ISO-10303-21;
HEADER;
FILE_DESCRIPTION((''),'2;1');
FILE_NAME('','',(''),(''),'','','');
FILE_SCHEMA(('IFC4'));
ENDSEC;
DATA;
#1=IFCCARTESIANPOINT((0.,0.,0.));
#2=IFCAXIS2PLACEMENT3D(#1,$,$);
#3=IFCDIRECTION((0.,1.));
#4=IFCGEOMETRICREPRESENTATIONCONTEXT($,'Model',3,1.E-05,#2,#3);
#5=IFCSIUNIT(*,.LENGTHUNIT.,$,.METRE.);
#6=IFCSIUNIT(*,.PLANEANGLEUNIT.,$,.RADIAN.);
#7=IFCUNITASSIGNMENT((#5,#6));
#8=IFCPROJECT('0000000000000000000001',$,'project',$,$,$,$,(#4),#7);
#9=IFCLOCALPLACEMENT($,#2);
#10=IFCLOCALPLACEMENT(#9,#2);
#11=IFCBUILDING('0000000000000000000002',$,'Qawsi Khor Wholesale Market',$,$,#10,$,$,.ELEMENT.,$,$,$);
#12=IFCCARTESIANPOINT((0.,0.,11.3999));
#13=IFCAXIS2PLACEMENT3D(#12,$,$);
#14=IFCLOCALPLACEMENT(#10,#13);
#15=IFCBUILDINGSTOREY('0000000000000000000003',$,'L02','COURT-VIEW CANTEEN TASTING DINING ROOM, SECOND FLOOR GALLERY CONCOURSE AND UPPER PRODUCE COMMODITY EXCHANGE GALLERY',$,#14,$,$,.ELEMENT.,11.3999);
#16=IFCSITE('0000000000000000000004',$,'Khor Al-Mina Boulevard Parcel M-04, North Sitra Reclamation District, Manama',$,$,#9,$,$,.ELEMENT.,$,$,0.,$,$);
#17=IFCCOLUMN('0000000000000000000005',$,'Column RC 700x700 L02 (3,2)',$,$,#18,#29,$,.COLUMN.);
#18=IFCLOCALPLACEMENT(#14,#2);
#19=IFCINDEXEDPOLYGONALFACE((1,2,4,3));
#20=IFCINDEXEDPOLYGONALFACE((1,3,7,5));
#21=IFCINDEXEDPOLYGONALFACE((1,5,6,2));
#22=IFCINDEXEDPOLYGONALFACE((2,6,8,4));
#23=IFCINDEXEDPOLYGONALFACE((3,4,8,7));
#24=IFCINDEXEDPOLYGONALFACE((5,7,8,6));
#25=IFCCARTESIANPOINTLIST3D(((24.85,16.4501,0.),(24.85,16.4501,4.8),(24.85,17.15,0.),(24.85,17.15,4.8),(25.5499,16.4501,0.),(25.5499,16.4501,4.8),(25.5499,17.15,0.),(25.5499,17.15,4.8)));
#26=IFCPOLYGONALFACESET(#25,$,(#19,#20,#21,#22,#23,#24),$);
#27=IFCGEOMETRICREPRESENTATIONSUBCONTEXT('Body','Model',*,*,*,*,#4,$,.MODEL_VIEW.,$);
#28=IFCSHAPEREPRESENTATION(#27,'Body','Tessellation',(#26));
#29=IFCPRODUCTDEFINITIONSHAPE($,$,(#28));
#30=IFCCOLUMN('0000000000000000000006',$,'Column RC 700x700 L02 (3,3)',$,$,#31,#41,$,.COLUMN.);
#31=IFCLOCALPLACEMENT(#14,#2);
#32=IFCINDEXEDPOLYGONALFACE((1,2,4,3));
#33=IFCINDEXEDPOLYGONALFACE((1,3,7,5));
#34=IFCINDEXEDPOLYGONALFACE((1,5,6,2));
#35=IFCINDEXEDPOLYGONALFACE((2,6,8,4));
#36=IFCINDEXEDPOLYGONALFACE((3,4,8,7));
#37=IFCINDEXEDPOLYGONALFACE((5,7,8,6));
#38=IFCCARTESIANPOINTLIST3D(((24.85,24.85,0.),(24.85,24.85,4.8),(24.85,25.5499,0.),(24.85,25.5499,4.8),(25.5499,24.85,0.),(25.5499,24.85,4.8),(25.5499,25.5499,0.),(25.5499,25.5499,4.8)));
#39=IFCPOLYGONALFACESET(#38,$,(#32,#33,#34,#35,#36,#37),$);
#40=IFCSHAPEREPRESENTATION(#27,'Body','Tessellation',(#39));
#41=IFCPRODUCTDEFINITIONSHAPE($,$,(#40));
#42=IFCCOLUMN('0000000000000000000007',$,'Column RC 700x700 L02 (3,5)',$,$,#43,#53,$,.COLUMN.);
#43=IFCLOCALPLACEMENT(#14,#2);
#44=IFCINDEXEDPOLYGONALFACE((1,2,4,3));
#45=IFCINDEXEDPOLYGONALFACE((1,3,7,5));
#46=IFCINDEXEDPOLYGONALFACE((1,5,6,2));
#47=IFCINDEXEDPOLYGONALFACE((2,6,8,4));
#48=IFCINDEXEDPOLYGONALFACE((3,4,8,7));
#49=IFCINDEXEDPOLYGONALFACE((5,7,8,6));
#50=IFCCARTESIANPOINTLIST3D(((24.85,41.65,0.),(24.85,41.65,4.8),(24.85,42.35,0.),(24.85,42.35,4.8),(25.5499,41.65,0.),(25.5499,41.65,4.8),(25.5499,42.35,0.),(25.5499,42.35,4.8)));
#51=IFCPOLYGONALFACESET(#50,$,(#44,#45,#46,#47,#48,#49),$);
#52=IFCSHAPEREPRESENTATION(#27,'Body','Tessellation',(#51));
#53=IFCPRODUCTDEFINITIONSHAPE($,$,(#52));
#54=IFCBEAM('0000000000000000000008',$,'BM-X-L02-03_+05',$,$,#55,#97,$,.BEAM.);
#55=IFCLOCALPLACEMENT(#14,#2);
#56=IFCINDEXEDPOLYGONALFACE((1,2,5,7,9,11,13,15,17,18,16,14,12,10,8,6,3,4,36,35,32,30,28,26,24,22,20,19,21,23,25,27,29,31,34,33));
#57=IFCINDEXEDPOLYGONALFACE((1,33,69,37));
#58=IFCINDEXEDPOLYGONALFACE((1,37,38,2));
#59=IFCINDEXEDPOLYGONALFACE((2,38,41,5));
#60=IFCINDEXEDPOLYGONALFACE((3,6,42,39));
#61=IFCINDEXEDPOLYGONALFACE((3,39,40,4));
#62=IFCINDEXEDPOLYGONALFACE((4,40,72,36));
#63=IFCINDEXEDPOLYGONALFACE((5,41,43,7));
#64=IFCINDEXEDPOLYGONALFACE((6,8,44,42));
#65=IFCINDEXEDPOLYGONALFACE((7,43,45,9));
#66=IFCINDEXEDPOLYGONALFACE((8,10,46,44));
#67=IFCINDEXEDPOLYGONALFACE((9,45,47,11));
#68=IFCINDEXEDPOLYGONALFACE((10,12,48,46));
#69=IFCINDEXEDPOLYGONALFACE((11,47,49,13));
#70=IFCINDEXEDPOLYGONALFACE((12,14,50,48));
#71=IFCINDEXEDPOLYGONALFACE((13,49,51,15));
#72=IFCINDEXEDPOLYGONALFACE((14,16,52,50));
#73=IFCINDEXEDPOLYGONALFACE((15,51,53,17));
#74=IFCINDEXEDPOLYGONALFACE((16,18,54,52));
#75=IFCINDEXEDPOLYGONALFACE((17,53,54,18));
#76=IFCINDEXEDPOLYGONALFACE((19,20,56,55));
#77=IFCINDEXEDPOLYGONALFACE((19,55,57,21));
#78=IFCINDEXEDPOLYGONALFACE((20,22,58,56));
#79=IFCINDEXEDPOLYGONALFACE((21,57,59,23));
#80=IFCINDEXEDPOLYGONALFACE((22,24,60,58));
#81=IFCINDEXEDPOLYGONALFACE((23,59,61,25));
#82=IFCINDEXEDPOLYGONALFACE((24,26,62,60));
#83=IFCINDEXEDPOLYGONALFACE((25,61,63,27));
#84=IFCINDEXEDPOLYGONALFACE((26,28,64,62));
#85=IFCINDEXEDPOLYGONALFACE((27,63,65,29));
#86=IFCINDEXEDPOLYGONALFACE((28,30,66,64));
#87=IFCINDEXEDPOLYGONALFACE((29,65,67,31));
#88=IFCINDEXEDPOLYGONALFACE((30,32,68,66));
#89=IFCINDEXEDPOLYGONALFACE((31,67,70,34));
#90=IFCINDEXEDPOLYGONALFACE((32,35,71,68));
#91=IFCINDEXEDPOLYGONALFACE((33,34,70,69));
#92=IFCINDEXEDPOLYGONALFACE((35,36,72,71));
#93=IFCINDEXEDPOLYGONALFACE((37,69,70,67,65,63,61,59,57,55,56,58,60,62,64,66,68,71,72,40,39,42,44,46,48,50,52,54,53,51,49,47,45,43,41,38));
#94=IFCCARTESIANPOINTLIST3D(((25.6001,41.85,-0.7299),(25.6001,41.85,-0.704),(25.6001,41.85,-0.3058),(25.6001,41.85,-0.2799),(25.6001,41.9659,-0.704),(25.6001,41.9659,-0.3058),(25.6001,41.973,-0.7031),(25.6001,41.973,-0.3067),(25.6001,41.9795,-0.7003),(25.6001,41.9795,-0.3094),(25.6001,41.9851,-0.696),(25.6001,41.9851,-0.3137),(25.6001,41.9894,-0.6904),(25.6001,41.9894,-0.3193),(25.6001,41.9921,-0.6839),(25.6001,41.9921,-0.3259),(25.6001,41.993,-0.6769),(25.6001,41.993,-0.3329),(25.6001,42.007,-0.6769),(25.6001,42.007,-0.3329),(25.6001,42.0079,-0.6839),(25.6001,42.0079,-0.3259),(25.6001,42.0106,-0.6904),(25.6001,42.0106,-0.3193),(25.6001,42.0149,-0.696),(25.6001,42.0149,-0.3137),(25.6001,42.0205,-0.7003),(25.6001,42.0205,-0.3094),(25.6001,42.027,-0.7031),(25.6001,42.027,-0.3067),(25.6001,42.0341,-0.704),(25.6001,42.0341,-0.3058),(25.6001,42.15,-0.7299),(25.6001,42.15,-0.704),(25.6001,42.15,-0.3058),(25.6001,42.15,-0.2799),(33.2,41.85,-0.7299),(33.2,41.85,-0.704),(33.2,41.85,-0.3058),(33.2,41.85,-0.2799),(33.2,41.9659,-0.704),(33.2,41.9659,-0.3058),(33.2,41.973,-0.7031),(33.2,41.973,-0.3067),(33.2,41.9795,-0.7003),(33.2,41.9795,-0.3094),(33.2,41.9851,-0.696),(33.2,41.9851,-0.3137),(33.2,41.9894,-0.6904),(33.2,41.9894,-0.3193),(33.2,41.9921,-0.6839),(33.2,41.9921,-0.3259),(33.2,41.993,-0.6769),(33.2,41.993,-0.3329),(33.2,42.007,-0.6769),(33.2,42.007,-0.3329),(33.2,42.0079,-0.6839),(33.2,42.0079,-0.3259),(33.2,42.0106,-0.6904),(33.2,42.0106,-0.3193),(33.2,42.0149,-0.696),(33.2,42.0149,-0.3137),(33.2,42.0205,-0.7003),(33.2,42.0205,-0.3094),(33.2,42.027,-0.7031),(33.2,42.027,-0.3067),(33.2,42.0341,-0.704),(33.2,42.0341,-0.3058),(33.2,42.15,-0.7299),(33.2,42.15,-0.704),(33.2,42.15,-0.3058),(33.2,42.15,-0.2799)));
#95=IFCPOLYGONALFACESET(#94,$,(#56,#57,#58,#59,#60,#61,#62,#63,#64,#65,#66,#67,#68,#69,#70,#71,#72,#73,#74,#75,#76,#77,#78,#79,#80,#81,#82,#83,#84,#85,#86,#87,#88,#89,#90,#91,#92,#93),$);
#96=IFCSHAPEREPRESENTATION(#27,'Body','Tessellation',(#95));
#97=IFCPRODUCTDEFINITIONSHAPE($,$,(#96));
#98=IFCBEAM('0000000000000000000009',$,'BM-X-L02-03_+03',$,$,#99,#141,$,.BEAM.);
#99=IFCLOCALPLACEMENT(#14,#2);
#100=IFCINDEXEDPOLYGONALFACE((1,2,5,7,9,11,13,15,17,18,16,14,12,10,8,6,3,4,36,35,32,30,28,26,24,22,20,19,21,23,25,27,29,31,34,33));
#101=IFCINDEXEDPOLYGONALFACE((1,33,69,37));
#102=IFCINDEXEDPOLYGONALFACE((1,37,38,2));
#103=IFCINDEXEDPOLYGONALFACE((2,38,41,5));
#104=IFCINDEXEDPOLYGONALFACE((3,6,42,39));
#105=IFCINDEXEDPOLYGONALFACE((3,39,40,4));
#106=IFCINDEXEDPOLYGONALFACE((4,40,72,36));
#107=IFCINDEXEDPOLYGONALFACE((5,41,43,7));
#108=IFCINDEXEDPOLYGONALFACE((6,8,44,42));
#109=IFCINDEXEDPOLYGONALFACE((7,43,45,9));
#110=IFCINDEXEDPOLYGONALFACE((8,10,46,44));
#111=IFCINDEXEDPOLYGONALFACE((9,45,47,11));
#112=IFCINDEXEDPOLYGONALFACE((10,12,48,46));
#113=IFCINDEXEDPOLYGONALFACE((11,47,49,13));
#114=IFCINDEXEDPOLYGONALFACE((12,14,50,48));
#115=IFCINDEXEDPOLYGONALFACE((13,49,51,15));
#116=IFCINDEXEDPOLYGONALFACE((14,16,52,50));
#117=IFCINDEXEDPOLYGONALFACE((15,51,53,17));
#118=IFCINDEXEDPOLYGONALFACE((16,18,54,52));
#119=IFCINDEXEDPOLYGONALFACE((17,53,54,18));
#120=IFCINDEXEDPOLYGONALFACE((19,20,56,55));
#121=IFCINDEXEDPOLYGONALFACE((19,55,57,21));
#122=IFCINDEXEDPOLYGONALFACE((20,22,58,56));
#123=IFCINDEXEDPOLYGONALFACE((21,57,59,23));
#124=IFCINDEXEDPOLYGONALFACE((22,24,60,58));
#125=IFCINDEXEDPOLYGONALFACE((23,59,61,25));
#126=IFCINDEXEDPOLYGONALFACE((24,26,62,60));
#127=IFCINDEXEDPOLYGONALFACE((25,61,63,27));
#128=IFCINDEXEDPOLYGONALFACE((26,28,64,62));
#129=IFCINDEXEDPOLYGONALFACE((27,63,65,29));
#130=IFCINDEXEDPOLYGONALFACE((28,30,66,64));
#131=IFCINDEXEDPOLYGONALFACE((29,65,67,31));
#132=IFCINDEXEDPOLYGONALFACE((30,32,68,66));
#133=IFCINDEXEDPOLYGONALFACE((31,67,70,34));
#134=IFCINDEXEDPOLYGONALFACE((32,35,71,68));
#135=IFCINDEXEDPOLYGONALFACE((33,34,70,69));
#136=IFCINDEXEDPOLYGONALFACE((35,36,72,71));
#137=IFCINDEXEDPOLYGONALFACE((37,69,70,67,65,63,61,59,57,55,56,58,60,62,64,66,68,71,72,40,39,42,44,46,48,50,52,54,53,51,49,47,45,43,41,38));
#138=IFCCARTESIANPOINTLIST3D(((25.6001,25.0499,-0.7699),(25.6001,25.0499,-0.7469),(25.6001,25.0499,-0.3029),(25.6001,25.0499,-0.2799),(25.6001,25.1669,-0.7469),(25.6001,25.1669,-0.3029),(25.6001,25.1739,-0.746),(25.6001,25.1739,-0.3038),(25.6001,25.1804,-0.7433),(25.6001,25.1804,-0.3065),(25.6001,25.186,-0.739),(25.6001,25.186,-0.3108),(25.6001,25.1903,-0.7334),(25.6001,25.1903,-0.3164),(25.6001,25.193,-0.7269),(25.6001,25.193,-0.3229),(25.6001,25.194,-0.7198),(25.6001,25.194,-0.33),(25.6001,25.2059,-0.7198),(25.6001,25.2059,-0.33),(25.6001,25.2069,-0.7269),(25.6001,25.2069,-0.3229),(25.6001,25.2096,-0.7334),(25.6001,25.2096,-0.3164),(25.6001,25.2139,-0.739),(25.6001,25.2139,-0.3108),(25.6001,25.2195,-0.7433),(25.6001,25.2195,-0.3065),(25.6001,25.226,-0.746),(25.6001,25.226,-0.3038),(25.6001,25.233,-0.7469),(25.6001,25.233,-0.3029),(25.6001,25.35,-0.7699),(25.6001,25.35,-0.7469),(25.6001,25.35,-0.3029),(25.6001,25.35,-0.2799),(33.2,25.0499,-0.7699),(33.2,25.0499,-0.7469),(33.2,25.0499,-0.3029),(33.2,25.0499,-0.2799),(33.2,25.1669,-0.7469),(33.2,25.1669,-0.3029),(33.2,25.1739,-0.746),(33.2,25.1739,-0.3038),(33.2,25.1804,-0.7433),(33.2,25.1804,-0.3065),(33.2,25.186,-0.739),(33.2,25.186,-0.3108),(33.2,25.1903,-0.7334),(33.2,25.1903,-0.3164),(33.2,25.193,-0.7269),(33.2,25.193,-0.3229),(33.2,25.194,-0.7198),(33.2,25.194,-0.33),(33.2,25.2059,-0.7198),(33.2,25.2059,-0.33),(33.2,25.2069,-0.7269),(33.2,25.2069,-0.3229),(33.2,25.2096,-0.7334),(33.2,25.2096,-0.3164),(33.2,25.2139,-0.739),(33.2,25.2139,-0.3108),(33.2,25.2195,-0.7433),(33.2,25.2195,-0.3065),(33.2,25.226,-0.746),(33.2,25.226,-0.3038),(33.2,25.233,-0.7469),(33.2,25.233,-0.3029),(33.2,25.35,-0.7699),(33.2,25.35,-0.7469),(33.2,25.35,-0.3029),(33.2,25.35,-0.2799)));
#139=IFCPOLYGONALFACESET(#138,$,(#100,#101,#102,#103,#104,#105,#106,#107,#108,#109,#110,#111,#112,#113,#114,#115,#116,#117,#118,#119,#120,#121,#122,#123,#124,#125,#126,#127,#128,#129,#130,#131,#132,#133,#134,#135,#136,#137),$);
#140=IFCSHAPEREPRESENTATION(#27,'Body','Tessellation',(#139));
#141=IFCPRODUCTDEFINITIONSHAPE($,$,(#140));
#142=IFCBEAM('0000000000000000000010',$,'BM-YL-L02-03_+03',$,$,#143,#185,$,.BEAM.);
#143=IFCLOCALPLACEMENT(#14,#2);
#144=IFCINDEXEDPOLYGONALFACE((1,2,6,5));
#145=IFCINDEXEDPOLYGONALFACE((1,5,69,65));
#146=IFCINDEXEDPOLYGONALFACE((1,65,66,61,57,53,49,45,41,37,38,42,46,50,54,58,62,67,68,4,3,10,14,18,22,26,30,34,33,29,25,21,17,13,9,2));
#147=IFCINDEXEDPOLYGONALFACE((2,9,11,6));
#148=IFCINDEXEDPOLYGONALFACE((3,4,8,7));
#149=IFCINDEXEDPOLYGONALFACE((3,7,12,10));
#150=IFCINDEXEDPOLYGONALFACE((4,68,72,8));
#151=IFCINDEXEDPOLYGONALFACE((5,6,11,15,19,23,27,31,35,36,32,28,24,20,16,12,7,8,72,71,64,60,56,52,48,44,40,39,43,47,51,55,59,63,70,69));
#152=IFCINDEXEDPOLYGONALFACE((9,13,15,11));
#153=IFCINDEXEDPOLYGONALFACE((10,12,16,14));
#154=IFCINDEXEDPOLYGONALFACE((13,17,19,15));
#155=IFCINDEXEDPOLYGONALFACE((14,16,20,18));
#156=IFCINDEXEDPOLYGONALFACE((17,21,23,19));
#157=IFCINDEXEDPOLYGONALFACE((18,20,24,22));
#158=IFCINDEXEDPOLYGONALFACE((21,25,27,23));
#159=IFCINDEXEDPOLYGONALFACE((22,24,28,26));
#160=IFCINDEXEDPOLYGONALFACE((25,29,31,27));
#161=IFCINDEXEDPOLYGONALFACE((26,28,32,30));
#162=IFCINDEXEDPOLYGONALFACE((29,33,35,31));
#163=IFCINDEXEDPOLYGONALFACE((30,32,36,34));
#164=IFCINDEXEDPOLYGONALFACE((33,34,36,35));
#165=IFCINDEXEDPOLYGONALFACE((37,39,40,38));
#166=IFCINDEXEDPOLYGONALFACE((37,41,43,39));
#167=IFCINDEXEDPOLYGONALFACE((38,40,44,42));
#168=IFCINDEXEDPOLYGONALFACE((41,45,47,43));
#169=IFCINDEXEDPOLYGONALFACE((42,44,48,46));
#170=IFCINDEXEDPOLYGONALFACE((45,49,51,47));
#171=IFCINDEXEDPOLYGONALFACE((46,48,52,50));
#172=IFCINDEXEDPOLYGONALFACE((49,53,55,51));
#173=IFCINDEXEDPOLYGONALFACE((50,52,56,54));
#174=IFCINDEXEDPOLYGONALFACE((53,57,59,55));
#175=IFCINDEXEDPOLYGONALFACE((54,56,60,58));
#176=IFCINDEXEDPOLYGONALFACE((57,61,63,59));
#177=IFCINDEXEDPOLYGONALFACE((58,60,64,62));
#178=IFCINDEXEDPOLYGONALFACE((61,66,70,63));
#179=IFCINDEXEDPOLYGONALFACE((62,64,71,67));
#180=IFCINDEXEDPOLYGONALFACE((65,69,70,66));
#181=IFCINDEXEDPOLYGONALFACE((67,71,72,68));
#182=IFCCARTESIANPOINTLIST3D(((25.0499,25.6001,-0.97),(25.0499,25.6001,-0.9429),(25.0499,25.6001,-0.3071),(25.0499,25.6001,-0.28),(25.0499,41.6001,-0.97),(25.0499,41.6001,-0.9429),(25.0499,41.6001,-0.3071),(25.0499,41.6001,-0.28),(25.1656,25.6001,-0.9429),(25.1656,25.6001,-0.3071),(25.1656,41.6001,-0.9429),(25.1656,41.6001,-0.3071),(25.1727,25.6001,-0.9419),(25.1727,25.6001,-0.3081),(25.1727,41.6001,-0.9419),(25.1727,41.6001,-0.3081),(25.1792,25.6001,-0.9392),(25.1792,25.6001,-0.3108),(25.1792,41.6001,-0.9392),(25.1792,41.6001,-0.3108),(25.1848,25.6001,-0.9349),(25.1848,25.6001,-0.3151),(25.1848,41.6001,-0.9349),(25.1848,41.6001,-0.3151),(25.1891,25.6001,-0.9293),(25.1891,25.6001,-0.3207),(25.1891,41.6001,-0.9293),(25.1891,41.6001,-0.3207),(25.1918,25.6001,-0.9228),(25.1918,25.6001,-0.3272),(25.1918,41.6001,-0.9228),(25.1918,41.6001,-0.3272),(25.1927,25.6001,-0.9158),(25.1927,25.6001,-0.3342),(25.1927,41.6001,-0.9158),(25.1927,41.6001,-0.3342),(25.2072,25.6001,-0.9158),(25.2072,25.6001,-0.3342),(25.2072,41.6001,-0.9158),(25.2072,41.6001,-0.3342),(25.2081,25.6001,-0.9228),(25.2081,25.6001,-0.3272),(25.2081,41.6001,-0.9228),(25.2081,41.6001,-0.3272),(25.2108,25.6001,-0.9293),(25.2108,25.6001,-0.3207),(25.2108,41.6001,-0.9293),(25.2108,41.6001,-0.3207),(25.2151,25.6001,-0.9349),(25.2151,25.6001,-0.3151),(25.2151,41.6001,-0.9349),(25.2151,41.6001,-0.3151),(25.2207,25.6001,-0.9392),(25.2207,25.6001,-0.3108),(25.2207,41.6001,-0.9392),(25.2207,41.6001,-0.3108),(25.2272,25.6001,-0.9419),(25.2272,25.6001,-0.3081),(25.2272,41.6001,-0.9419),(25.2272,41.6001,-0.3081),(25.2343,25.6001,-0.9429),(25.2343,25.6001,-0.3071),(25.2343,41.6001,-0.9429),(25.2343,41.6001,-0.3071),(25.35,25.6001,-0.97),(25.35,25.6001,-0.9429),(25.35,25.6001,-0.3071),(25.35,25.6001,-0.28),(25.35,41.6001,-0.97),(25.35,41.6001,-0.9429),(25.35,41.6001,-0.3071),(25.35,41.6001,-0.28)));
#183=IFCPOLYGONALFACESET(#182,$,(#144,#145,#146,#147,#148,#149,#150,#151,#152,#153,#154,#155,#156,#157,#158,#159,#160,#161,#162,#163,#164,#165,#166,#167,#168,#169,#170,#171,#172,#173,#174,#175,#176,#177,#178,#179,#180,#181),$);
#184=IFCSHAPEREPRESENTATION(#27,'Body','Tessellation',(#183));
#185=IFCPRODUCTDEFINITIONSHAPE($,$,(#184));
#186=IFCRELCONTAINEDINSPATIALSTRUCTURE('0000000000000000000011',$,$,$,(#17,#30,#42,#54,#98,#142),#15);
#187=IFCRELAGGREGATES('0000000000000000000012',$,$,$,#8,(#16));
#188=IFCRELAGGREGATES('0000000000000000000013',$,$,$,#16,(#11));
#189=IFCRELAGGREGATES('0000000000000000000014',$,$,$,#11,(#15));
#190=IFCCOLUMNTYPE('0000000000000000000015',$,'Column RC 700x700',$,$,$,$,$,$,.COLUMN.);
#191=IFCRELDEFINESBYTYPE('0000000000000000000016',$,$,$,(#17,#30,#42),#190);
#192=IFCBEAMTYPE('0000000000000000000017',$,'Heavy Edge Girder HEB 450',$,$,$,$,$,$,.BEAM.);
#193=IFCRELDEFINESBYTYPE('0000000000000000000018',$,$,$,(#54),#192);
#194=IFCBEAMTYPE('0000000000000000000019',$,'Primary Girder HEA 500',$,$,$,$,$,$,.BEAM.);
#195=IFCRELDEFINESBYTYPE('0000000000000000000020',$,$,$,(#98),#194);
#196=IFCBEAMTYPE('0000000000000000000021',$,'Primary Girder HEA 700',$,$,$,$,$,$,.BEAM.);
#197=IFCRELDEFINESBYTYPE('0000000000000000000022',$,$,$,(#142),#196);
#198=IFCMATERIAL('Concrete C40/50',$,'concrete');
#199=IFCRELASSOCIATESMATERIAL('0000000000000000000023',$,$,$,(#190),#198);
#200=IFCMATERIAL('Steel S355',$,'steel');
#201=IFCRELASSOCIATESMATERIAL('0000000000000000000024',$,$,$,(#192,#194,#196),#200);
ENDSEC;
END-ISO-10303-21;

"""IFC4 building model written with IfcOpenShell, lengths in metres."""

from ifc_helpers import new_model, si_unit, direction, frame, origin, origin_2d, place, context, subcontext, project, spatial, rectangle, i_section, extrude, material, material_profile, profile_set, type_object, element, save


model = new_model("IFC4")

# Units and contexts
model_context = context("Model", 3, precision=1e-05, world=origin(), true_north=direction((0.0, 1.0)))
body_context = subcontext(model_context, "Body", "Model", "MODEL_VIEW")
ifc_project = project(units=[si_unit("LENGTHUNIT", "METRE"), si_unit("PLANEANGLEUNIT", "RADIAN")], contexts=[model_context])

# Site, building, storey
site_placement = place(None, origin())
site = spatial("IfcSite", under=ifc_project, at=site_placement, Name="Khor Al-Mina Boulevard Parcel M-04, North Sitra Reclamation District, Manama", CompositionType="ELEMENT", RefElevation=0.0)
building_placement = place(site_placement, origin())
building = spatial("IfcBuilding", under=site, at=building_placement, Name="Qawsi Khor Wholesale Market", CompositionType="ELEMENT")
storey_placement = place(building_placement, frame((0.0, 0.0, 11.3999)))
storey = spatial("IfcBuildingStorey", under=building, at=storey_placement, Name="L02", Description="COURT-VIEW CANTEEN TASTING DINING ROOM, SECOND FLOOR GALLERY CONCOURSE AND UPPER PRODUCE COMMODITY EXCHANGE GALLERY", CompositionType="ELEMENT", Elevation=11.3999)

# Columns
ifc_material_1 = material(Name="Concrete C40/50", Category="concrete")
ifc_material_profile_1 = material_profile(ifc_material_1, rectangle(XDim=0.7, YDim=0.7, at=origin_2d()), Name="RC 700x700")
ifc_profile_set_1 = profile_set([ifc_material_profile_1], Name="Concrete C40/50")
column_type = type_object("IfcColumnType", Name="Column RC 700x700", PredefinedType="COLUMN", material=ifc_profile_set_1)
for number, where, z_axis, x_axis, name in (
    (1, (25.2, 16.8, 0.0), (0.0, 0.0, 1.0), (1.0, 0.0, 0.0), "Column RC 700x700 L02 (3,2)"),
    (2, (25.2, 25.2, 0.0), (0.0, 0.0, 1.0), (1.0, 0.0, 0.0), "Column RC 700x700 L02 (3,3)"),
    (3, (25.2, 42.0, 0.0), (0.0, 0.0, 1.0), (1.0, 0.0, 0.0), "Column RC 700x700 L02 (3,5)"),
):
    element("IfcColumn", number, at=place(storey_placement, frame(where, z_axis=z_axis, x_axis=x_axis)), inside=storey, type_object=column_type, Name=name, PredefinedType="COLUMN", context=body_context, shape_type="SweptSolid", body=[
        extrude(rectangle(XDim=0.7, YDim=0.7, at=origin_2d()), origin(), (0.0, 0.0, 1.0), 4.8),
    ])

# Beams
ifc_material_2 = material(Name="Steel S355", Category="steel")
ifc_material_profile_2 = material_profile(ifc_material_2, i_section(OverallWidth=0.3, OverallDepth=0.45, WebThickness=0.0139, FlangeThickness=0.0259, FilletRadius=0.0271, at=origin_2d()), Name="HEB 450")
ifc_profile_set_2 = profile_set([ifc_material_profile_2], Name="Steel S355")
beam_type_1 = type_object("IfcBeamType", Name="Heavy Edge Girder HEB 450", PredefinedType="BEAM", material=ifc_profile_set_2)
beam_1_placement = place(storey_placement, frame((25.6001, 42.0, -0.5049), z_axis=(1.0, 0.0, 0.0), x_axis=(0.0, 1.0, 0.0)))
element("IfcBeam", 4, at=beam_1_placement, inside=storey, type_object=beam_type_1, Name="BM-X-L02-03_+05", PredefinedType="BEAM", context=body_context, shape_type="SweptSolid", body=[
    extrude(i_section(OverallWidth=0.3, OverallDepth=0.45, WebThickness=0.0139, FlangeThickness=0.0259, FilletRadius=0.0271, at=origin_2d()), origin(), (0.0, 0.0, 1.0), 7.5999),
])
ifc_material_profile_3 = material_profile(ifc_material_2, i_section(OverallWidth=0.3, OverallDepth=0.49, WebThickness=0.012, FlangeThickness=0.0229, FilletRadius=0.0271, at=origin_2d()), Name="HEA 500")
ifc_profile_set_3 = profile_set([ifc_material_profile_3], Name="Steel S355")
beam_type_2 = type_object("IfcBeamType", Name="Primary Girder HEA 500", PredefinedType="BEAM", material=ifc_profile_set_3)
beam_2_placement = place(storey_placement, frame((25.6001, 25.2, -0.5249), z_axis=(1.0, 0.0, 0.0), x_axis=(0.0, 1.0, 0.0)))
element("IfcBeam", 5, at=beam_2_placement, inside=storey, type_object=beam_type_2, Name="BM-X-L02-03_+03", PredefinedType="BEAM", context=body_context, shape_type="SweptSolid", body=[
    extrude(i_section(OverallWidth=0.3, OverallDepth=0.49, WebThickness=0.012, FlangeThickness=0.0229, FilletRadius=0.0271, at=origin_2d()), origin(), (0.0, 0.0, 1.0), 7.5999),
])
ifc_material_profile_4 = material_profile(ifc_material_2, i_section(OverallWidth=0.3, OverallDepth=0.6899, WebThickness=0.0144, FlangeThickness=0.0271, FilletRadius=0.0271, at=origin_2d()), Name="HEA 700")
ifc_profile_set_4 = profile_set([ifc_material_profile_4], Name="Steel S355")
beam_type_3 = type_object("IfcBeamType", Name="Primary Girder HEA 700", PredefinedType="BEAM", material=ifc_profile_set_4)
beam_3_placement = place(storey_placement, frame((25.2, 25.6001, -0.625), z_axis=(0.0, 1.0, 0.0), x_axis=(-1.0, 0.0, 0.0)))
element("IfcBeam", 6, at=beam_3_placement, inside=storey, type_object=beam_type_3, Name="BM-YL-L02-03_+03", PredefinedType="BEAM", context=body_context, shape_type="SweptSolid", body=[
    extrude(i_section(OverallWidth=0.3, OverallDepth=0.6899, WebThickness=0.0144, FlangeThickness=0.0271, FilletRadius=0.0271, at=origin_2d()), origin(), (0.0, 0.0, 1.0), 16.0),
])

save(model, "model.ifc")
